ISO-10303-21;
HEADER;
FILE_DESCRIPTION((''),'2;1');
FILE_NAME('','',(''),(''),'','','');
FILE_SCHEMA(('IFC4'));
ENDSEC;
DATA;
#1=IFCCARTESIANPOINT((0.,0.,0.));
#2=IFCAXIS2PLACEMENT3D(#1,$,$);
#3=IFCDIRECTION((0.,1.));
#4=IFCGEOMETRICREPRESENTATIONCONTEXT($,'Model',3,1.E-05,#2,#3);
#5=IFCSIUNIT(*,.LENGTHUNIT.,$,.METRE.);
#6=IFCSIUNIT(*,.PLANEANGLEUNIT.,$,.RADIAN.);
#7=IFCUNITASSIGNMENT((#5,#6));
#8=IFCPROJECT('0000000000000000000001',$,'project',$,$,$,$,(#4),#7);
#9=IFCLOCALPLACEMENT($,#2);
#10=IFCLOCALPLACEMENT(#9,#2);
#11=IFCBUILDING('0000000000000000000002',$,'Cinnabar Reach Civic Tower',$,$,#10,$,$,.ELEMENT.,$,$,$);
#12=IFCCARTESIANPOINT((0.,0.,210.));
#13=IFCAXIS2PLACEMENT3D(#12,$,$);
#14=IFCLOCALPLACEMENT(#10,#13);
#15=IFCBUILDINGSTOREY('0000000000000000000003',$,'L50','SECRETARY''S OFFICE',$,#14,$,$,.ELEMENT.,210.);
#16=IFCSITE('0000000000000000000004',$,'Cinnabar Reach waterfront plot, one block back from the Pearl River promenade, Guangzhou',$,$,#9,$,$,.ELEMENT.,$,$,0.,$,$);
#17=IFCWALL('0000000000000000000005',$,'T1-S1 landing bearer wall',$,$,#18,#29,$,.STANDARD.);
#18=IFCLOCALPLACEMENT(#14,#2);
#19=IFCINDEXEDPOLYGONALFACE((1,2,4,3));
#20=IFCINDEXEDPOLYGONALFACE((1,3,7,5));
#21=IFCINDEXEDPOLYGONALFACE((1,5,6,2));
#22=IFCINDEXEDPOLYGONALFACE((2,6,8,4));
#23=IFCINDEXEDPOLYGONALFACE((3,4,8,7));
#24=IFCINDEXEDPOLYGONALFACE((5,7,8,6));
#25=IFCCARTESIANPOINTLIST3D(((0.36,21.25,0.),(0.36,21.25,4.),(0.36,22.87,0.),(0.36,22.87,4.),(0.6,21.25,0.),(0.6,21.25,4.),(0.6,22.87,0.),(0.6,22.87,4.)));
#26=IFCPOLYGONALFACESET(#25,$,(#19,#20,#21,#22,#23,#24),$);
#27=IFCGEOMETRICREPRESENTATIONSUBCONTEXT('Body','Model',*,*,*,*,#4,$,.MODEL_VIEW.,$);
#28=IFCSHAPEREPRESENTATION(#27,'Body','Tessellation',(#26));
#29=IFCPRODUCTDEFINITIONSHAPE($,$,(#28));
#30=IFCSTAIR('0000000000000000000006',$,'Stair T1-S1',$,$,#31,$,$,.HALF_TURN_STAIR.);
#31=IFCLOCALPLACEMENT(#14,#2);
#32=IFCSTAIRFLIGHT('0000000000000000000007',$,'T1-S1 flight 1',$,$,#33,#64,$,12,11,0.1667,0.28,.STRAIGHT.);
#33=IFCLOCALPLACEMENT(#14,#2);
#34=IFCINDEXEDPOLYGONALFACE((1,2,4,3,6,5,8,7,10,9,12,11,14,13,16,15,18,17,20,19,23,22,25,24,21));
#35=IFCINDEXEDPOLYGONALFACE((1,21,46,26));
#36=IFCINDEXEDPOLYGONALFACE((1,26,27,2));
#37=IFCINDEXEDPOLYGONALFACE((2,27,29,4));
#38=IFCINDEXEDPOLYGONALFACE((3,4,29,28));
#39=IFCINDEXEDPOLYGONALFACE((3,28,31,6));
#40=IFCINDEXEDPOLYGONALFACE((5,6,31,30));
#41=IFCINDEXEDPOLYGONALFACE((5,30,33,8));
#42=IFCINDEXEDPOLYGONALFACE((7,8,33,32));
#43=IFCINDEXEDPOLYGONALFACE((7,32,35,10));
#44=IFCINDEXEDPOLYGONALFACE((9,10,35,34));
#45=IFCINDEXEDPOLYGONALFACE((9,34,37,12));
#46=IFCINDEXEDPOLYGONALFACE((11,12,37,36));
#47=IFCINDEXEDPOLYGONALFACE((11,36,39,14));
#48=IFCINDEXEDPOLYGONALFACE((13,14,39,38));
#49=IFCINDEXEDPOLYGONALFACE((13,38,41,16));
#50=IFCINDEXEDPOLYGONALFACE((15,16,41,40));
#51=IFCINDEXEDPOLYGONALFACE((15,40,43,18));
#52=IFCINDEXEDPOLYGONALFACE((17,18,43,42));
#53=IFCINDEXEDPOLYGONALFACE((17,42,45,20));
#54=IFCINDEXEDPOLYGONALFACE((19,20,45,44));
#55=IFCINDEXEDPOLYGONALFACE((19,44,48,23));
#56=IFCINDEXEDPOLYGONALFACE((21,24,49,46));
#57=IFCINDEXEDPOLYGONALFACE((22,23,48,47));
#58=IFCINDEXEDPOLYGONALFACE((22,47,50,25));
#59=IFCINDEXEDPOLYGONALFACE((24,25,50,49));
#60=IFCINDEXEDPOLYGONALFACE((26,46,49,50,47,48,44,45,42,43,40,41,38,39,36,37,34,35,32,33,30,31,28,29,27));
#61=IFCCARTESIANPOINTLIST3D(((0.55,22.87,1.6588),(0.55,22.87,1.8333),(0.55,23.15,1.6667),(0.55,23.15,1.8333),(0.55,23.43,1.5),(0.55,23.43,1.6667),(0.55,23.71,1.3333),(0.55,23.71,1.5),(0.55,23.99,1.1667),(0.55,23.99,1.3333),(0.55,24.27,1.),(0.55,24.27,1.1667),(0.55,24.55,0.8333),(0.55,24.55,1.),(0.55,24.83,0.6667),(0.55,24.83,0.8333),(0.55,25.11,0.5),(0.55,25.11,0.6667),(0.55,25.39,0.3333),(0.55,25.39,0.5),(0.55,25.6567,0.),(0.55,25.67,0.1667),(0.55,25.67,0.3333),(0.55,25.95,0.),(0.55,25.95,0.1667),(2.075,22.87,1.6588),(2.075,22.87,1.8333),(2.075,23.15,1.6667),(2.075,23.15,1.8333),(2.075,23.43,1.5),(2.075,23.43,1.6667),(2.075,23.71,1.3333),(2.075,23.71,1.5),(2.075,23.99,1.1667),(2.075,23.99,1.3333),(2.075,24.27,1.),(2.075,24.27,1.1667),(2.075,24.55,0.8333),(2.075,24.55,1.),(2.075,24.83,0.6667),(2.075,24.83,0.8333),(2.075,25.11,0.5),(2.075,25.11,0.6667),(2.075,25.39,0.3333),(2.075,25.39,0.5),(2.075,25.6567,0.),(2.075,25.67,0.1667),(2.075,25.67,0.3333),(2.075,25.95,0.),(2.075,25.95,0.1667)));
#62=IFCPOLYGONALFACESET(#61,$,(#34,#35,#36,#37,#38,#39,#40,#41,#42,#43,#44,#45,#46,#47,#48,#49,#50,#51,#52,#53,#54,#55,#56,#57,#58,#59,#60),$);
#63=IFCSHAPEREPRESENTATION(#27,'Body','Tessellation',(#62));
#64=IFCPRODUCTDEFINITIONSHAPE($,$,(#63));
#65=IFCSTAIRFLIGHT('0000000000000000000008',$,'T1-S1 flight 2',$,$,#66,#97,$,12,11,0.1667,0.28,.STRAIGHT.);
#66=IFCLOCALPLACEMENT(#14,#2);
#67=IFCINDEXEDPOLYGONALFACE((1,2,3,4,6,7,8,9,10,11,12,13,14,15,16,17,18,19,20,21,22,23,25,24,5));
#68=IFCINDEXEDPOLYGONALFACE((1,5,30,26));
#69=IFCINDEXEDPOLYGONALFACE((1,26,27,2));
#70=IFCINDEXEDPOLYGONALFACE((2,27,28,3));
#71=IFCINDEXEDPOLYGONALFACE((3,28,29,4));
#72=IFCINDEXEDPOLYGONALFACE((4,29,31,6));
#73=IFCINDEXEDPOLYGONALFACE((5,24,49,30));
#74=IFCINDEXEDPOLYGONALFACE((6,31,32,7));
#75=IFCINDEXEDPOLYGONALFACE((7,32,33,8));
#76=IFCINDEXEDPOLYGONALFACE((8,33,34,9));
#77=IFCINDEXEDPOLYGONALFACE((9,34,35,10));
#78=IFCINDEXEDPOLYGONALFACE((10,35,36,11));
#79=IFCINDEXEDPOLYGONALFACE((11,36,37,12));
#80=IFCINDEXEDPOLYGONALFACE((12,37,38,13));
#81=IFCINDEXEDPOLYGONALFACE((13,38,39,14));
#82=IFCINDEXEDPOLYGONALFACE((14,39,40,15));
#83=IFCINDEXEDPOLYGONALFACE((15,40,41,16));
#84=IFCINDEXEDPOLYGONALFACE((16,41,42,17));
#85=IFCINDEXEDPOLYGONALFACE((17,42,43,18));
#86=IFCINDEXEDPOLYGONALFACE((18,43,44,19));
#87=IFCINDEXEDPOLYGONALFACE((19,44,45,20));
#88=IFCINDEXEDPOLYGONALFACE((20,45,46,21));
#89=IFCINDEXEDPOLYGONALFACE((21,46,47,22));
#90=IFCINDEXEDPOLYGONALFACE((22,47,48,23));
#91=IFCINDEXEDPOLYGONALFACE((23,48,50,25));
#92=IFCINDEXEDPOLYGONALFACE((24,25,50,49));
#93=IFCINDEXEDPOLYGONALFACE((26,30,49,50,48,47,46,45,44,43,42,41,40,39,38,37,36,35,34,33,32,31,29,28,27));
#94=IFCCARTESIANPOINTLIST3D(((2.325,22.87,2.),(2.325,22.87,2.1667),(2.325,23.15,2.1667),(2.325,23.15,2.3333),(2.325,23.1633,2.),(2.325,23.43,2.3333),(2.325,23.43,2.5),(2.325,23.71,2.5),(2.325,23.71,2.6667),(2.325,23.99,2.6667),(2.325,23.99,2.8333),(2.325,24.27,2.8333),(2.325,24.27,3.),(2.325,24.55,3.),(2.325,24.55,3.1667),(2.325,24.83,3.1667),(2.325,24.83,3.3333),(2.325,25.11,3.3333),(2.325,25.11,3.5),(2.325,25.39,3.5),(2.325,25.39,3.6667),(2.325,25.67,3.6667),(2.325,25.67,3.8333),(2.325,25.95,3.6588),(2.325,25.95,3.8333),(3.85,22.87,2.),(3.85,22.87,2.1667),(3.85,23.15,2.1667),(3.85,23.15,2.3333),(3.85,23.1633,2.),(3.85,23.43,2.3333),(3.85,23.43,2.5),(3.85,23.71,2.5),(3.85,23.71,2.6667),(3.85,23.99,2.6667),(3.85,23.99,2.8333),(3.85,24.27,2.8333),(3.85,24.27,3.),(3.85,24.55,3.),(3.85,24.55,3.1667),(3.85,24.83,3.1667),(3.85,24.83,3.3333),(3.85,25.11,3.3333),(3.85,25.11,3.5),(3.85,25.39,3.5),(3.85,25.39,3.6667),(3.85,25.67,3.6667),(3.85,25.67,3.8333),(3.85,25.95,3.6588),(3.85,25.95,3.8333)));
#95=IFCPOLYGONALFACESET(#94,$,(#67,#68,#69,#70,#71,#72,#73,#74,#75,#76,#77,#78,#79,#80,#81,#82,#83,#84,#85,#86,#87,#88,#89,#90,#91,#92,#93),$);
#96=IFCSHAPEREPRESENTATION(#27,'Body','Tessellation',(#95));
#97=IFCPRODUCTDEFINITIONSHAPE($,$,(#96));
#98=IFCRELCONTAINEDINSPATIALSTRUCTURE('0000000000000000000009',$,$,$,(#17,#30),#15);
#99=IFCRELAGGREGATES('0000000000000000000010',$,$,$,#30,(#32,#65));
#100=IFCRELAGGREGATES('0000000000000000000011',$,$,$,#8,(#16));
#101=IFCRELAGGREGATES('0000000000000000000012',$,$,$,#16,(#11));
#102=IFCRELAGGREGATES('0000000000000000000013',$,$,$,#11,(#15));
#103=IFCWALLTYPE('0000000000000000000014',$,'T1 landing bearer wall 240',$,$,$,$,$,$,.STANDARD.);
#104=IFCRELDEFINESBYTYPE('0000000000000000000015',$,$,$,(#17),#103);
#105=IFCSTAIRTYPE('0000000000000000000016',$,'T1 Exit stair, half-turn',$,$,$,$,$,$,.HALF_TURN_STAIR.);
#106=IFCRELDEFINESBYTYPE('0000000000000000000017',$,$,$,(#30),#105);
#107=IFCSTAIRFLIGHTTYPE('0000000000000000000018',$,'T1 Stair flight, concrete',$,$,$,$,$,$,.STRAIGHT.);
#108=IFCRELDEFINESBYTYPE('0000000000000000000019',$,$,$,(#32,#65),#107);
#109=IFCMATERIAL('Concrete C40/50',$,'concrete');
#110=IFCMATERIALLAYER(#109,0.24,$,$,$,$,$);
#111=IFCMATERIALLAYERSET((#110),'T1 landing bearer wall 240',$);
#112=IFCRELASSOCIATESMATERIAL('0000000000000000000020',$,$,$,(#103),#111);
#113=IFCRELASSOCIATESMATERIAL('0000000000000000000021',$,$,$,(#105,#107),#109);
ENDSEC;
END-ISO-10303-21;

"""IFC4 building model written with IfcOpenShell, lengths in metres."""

from ifc_helpers import new_model, si_unit, direction, frame, frame_2d, origin, place, context, subcontext, project, spatial, polyline, rectangle, outline, extrude, material, layer, layer_set, type_object, element, aggregate, save


model = new_model("IFC4")

# Units and contexts
model_context = context("Model", 3, precision=1e-05, world=origin(), true_north=direction((0.0, 1.0)))
body_context = subcontext(model_context, "Body", "Model", "MODEL_VIEW")
ifc_project = project(units=[si_unit("LENGTHUNIT", "METRE"), si_unit("PLANEANGLEUNIT", "RADIAN")], contexts=[model_context])

# Site, building, storey
site_placement = place(None, origin())
site = spatial("IfcSite", under=ifc_project, at=site_placement, Name="Cinnabar Reach waterfront plot, one block back from the Pearl River promenade, Guangzhou", CompositionType="ELEMENT", RefElevation=0.0)
building_placement = place(site_placement, origin())
building = spatial("IfcBuilding", under=site, at=building_placement, Name="Cinnabar Reach Civic Tower", CompositionType="ELEMENT")
storey_placement = place(building_placement, frame((0.0, 0.0, 210.0)))
storey = spatial("IfcBuildingStorey", under=building, at=storey_placement, Name="L50", Description="SECRETARY'S OFFICE", CompositionType="ELEMENT", Elevation=210.0)

# Wall
ifc_material_1 = material(Name="Concrete C40/50", Category="concrete")
ifc_layer_1 = layer(ifc_material_1, 0.24)
ifc_layer_set_1 = layer_set([ifc_layer_1], Name="T1 landing bearer wall 240")
wall_type_1 = type_object("IfcWallType", Name="T1 landing bearer wall 240", PredefinedType="STANDARD", material=ifc_layer_set_1)
wall_1_placement = place(storey_placement, frame((0.48, 21.25, 0.0), z_axis=(0.0, 0.0, 1.0), x_axis=(0.0, 1.0, 0.0)))
element("IfcWall", 1, at=wall_1_placement, inside=storey, type_object=wall_type_1, Name="T1-S1 landing bearer wall", PredefinedType="STANDARD", context=body_context, shape_type="SweptSolid", body=[
    extrude(rectangle(XDim=1.62, YDim=0.24, at=frame_2d((0.81, 0.0))), origin(), (0.0, 0.0, 1.0), 4.0),
])

# Stair, stair flights
stair_type = type_object("IfcStairType", Name="T1 Exit stair, half-turn", PredefinedType="HALF_TURN_STAIR", material=ifc_material_1)
stair_placement = place(storey_placement, origin())
stair = element("IfcStair", 2, at=stair_placement, inside=storey, type_object=stair_type, Name="Stair T1-S1", PredefinedType="HALF_TURN_STAIR")
stair_flight_type = type_object("IfcStairFlightType", Name="T1 Stair flight, concrete", PredefinedType="STRAIGHT", material=ifc_material_1)
stair_flight_1_placement = place(storey_placement, frame((1.3125, 25.95, 0.0), z_axis=(0.0, 0.0, 1.0), x_axis=(0.0, -1.0, 0.0)))
stair_flight_1 = element("IfcStairFlight", 3, at=stair_flight_1_placement, type_object=stair_flight_type, Name="T1-S1 flight 1", NumberOfRisers=12, NumberOfTreads=11, PredefinedType="STRAIGHT", RiserHeight=0.1667, TreadLength=0.28, context=body_context, shape_type="SweptSolid", body=[
    extrude(outline(polyline([(0.0, 0.0), (0.0, 0.1667), (0.28, 0.1667), (0.28, 0.3333), (0.56, 0.3333), (0.56, 0.5), (0.84, 0.5), (0.84, 0.6667), (1.12, 0.6667), (1.12, 0.8333), (1.4, 0.8333), (1.4, 1.0), (1.68, 1.0), (1.68, 1.1667), (1.96, 1.1667), (1.96, 1.3333), (2.24, 1.3333), (2.24, 1.5), (2.52, 1.5), (2.52, 1.6667), (2.8, 1.6667), (2.8, 1.8333), (3.08, 1.8333), (3.08, 2.0), (3.08, 1.6588), (0.2933, 0.0), (0.0, 0.0)])), frame((0.0, 0.7625, 0.0), z_axis=(0.0, -1.0, 0.0), x_axis=(1.0, 0.0, 0.0)), (0.0, 0.0, 1.0), 1.525),
])
stair_flight_2_placement = place(storey_placement, frame((3.0875, 22.87, 2.0), z_axis=(0.0, 0.0, 1.0), x_axis=(0.0, 1.0, 0.0)))
stair_flight_2 = element("IfcStairFlight", 4, at=stair_flight_2_placement, type_object=stair_flight_type, Name="T1-S1 flight 2", NumberOfRisers=12, NumberOfTreads=11, PredefinedType="STRAIGHT", RiserHeight=0.1667, TreadLength=0.28, context=body_context, shape_type="SweptSolid", body=[
    extrude(outline(polyline([(0.0, 0.0), (0.0, 0.1667), (0.28, 0.1667), (0.28, 0.3333), (0.56, 0.3333), (0.56, 0.5), (0.84, 0.5), (0.84, 0.6667), (1.12, 0.6667), (1.12, 0.8333), (1.4, 0.8333), (1.4, 1.0), (1.68, 1.0), (1.68, 1.1667), (1.96, 1.1667), (1.96, 1.3333), (2.24, 1.3333), (2.24, 1.5), (2.52, 1.5), (2.52, 1.6667), (2.8, 1.6667), (2.8, 1.8333), (3.08, 1.8333), (3.08, 2.0), (3.08, 1.6588), (0.2933, 0.0), (0.0, 0.0)])), frame((0.0, 0.7625, 0.0), z_axis=(0.0, -1.0, 0.0), x_axis=(1.0, 0.0, 0.0)), (0.0, 0.0, 1.0), 1.525),
])
aggregate(stair, [stair_flight_1, stair_flight_2])

save(model, "model.ifc")
